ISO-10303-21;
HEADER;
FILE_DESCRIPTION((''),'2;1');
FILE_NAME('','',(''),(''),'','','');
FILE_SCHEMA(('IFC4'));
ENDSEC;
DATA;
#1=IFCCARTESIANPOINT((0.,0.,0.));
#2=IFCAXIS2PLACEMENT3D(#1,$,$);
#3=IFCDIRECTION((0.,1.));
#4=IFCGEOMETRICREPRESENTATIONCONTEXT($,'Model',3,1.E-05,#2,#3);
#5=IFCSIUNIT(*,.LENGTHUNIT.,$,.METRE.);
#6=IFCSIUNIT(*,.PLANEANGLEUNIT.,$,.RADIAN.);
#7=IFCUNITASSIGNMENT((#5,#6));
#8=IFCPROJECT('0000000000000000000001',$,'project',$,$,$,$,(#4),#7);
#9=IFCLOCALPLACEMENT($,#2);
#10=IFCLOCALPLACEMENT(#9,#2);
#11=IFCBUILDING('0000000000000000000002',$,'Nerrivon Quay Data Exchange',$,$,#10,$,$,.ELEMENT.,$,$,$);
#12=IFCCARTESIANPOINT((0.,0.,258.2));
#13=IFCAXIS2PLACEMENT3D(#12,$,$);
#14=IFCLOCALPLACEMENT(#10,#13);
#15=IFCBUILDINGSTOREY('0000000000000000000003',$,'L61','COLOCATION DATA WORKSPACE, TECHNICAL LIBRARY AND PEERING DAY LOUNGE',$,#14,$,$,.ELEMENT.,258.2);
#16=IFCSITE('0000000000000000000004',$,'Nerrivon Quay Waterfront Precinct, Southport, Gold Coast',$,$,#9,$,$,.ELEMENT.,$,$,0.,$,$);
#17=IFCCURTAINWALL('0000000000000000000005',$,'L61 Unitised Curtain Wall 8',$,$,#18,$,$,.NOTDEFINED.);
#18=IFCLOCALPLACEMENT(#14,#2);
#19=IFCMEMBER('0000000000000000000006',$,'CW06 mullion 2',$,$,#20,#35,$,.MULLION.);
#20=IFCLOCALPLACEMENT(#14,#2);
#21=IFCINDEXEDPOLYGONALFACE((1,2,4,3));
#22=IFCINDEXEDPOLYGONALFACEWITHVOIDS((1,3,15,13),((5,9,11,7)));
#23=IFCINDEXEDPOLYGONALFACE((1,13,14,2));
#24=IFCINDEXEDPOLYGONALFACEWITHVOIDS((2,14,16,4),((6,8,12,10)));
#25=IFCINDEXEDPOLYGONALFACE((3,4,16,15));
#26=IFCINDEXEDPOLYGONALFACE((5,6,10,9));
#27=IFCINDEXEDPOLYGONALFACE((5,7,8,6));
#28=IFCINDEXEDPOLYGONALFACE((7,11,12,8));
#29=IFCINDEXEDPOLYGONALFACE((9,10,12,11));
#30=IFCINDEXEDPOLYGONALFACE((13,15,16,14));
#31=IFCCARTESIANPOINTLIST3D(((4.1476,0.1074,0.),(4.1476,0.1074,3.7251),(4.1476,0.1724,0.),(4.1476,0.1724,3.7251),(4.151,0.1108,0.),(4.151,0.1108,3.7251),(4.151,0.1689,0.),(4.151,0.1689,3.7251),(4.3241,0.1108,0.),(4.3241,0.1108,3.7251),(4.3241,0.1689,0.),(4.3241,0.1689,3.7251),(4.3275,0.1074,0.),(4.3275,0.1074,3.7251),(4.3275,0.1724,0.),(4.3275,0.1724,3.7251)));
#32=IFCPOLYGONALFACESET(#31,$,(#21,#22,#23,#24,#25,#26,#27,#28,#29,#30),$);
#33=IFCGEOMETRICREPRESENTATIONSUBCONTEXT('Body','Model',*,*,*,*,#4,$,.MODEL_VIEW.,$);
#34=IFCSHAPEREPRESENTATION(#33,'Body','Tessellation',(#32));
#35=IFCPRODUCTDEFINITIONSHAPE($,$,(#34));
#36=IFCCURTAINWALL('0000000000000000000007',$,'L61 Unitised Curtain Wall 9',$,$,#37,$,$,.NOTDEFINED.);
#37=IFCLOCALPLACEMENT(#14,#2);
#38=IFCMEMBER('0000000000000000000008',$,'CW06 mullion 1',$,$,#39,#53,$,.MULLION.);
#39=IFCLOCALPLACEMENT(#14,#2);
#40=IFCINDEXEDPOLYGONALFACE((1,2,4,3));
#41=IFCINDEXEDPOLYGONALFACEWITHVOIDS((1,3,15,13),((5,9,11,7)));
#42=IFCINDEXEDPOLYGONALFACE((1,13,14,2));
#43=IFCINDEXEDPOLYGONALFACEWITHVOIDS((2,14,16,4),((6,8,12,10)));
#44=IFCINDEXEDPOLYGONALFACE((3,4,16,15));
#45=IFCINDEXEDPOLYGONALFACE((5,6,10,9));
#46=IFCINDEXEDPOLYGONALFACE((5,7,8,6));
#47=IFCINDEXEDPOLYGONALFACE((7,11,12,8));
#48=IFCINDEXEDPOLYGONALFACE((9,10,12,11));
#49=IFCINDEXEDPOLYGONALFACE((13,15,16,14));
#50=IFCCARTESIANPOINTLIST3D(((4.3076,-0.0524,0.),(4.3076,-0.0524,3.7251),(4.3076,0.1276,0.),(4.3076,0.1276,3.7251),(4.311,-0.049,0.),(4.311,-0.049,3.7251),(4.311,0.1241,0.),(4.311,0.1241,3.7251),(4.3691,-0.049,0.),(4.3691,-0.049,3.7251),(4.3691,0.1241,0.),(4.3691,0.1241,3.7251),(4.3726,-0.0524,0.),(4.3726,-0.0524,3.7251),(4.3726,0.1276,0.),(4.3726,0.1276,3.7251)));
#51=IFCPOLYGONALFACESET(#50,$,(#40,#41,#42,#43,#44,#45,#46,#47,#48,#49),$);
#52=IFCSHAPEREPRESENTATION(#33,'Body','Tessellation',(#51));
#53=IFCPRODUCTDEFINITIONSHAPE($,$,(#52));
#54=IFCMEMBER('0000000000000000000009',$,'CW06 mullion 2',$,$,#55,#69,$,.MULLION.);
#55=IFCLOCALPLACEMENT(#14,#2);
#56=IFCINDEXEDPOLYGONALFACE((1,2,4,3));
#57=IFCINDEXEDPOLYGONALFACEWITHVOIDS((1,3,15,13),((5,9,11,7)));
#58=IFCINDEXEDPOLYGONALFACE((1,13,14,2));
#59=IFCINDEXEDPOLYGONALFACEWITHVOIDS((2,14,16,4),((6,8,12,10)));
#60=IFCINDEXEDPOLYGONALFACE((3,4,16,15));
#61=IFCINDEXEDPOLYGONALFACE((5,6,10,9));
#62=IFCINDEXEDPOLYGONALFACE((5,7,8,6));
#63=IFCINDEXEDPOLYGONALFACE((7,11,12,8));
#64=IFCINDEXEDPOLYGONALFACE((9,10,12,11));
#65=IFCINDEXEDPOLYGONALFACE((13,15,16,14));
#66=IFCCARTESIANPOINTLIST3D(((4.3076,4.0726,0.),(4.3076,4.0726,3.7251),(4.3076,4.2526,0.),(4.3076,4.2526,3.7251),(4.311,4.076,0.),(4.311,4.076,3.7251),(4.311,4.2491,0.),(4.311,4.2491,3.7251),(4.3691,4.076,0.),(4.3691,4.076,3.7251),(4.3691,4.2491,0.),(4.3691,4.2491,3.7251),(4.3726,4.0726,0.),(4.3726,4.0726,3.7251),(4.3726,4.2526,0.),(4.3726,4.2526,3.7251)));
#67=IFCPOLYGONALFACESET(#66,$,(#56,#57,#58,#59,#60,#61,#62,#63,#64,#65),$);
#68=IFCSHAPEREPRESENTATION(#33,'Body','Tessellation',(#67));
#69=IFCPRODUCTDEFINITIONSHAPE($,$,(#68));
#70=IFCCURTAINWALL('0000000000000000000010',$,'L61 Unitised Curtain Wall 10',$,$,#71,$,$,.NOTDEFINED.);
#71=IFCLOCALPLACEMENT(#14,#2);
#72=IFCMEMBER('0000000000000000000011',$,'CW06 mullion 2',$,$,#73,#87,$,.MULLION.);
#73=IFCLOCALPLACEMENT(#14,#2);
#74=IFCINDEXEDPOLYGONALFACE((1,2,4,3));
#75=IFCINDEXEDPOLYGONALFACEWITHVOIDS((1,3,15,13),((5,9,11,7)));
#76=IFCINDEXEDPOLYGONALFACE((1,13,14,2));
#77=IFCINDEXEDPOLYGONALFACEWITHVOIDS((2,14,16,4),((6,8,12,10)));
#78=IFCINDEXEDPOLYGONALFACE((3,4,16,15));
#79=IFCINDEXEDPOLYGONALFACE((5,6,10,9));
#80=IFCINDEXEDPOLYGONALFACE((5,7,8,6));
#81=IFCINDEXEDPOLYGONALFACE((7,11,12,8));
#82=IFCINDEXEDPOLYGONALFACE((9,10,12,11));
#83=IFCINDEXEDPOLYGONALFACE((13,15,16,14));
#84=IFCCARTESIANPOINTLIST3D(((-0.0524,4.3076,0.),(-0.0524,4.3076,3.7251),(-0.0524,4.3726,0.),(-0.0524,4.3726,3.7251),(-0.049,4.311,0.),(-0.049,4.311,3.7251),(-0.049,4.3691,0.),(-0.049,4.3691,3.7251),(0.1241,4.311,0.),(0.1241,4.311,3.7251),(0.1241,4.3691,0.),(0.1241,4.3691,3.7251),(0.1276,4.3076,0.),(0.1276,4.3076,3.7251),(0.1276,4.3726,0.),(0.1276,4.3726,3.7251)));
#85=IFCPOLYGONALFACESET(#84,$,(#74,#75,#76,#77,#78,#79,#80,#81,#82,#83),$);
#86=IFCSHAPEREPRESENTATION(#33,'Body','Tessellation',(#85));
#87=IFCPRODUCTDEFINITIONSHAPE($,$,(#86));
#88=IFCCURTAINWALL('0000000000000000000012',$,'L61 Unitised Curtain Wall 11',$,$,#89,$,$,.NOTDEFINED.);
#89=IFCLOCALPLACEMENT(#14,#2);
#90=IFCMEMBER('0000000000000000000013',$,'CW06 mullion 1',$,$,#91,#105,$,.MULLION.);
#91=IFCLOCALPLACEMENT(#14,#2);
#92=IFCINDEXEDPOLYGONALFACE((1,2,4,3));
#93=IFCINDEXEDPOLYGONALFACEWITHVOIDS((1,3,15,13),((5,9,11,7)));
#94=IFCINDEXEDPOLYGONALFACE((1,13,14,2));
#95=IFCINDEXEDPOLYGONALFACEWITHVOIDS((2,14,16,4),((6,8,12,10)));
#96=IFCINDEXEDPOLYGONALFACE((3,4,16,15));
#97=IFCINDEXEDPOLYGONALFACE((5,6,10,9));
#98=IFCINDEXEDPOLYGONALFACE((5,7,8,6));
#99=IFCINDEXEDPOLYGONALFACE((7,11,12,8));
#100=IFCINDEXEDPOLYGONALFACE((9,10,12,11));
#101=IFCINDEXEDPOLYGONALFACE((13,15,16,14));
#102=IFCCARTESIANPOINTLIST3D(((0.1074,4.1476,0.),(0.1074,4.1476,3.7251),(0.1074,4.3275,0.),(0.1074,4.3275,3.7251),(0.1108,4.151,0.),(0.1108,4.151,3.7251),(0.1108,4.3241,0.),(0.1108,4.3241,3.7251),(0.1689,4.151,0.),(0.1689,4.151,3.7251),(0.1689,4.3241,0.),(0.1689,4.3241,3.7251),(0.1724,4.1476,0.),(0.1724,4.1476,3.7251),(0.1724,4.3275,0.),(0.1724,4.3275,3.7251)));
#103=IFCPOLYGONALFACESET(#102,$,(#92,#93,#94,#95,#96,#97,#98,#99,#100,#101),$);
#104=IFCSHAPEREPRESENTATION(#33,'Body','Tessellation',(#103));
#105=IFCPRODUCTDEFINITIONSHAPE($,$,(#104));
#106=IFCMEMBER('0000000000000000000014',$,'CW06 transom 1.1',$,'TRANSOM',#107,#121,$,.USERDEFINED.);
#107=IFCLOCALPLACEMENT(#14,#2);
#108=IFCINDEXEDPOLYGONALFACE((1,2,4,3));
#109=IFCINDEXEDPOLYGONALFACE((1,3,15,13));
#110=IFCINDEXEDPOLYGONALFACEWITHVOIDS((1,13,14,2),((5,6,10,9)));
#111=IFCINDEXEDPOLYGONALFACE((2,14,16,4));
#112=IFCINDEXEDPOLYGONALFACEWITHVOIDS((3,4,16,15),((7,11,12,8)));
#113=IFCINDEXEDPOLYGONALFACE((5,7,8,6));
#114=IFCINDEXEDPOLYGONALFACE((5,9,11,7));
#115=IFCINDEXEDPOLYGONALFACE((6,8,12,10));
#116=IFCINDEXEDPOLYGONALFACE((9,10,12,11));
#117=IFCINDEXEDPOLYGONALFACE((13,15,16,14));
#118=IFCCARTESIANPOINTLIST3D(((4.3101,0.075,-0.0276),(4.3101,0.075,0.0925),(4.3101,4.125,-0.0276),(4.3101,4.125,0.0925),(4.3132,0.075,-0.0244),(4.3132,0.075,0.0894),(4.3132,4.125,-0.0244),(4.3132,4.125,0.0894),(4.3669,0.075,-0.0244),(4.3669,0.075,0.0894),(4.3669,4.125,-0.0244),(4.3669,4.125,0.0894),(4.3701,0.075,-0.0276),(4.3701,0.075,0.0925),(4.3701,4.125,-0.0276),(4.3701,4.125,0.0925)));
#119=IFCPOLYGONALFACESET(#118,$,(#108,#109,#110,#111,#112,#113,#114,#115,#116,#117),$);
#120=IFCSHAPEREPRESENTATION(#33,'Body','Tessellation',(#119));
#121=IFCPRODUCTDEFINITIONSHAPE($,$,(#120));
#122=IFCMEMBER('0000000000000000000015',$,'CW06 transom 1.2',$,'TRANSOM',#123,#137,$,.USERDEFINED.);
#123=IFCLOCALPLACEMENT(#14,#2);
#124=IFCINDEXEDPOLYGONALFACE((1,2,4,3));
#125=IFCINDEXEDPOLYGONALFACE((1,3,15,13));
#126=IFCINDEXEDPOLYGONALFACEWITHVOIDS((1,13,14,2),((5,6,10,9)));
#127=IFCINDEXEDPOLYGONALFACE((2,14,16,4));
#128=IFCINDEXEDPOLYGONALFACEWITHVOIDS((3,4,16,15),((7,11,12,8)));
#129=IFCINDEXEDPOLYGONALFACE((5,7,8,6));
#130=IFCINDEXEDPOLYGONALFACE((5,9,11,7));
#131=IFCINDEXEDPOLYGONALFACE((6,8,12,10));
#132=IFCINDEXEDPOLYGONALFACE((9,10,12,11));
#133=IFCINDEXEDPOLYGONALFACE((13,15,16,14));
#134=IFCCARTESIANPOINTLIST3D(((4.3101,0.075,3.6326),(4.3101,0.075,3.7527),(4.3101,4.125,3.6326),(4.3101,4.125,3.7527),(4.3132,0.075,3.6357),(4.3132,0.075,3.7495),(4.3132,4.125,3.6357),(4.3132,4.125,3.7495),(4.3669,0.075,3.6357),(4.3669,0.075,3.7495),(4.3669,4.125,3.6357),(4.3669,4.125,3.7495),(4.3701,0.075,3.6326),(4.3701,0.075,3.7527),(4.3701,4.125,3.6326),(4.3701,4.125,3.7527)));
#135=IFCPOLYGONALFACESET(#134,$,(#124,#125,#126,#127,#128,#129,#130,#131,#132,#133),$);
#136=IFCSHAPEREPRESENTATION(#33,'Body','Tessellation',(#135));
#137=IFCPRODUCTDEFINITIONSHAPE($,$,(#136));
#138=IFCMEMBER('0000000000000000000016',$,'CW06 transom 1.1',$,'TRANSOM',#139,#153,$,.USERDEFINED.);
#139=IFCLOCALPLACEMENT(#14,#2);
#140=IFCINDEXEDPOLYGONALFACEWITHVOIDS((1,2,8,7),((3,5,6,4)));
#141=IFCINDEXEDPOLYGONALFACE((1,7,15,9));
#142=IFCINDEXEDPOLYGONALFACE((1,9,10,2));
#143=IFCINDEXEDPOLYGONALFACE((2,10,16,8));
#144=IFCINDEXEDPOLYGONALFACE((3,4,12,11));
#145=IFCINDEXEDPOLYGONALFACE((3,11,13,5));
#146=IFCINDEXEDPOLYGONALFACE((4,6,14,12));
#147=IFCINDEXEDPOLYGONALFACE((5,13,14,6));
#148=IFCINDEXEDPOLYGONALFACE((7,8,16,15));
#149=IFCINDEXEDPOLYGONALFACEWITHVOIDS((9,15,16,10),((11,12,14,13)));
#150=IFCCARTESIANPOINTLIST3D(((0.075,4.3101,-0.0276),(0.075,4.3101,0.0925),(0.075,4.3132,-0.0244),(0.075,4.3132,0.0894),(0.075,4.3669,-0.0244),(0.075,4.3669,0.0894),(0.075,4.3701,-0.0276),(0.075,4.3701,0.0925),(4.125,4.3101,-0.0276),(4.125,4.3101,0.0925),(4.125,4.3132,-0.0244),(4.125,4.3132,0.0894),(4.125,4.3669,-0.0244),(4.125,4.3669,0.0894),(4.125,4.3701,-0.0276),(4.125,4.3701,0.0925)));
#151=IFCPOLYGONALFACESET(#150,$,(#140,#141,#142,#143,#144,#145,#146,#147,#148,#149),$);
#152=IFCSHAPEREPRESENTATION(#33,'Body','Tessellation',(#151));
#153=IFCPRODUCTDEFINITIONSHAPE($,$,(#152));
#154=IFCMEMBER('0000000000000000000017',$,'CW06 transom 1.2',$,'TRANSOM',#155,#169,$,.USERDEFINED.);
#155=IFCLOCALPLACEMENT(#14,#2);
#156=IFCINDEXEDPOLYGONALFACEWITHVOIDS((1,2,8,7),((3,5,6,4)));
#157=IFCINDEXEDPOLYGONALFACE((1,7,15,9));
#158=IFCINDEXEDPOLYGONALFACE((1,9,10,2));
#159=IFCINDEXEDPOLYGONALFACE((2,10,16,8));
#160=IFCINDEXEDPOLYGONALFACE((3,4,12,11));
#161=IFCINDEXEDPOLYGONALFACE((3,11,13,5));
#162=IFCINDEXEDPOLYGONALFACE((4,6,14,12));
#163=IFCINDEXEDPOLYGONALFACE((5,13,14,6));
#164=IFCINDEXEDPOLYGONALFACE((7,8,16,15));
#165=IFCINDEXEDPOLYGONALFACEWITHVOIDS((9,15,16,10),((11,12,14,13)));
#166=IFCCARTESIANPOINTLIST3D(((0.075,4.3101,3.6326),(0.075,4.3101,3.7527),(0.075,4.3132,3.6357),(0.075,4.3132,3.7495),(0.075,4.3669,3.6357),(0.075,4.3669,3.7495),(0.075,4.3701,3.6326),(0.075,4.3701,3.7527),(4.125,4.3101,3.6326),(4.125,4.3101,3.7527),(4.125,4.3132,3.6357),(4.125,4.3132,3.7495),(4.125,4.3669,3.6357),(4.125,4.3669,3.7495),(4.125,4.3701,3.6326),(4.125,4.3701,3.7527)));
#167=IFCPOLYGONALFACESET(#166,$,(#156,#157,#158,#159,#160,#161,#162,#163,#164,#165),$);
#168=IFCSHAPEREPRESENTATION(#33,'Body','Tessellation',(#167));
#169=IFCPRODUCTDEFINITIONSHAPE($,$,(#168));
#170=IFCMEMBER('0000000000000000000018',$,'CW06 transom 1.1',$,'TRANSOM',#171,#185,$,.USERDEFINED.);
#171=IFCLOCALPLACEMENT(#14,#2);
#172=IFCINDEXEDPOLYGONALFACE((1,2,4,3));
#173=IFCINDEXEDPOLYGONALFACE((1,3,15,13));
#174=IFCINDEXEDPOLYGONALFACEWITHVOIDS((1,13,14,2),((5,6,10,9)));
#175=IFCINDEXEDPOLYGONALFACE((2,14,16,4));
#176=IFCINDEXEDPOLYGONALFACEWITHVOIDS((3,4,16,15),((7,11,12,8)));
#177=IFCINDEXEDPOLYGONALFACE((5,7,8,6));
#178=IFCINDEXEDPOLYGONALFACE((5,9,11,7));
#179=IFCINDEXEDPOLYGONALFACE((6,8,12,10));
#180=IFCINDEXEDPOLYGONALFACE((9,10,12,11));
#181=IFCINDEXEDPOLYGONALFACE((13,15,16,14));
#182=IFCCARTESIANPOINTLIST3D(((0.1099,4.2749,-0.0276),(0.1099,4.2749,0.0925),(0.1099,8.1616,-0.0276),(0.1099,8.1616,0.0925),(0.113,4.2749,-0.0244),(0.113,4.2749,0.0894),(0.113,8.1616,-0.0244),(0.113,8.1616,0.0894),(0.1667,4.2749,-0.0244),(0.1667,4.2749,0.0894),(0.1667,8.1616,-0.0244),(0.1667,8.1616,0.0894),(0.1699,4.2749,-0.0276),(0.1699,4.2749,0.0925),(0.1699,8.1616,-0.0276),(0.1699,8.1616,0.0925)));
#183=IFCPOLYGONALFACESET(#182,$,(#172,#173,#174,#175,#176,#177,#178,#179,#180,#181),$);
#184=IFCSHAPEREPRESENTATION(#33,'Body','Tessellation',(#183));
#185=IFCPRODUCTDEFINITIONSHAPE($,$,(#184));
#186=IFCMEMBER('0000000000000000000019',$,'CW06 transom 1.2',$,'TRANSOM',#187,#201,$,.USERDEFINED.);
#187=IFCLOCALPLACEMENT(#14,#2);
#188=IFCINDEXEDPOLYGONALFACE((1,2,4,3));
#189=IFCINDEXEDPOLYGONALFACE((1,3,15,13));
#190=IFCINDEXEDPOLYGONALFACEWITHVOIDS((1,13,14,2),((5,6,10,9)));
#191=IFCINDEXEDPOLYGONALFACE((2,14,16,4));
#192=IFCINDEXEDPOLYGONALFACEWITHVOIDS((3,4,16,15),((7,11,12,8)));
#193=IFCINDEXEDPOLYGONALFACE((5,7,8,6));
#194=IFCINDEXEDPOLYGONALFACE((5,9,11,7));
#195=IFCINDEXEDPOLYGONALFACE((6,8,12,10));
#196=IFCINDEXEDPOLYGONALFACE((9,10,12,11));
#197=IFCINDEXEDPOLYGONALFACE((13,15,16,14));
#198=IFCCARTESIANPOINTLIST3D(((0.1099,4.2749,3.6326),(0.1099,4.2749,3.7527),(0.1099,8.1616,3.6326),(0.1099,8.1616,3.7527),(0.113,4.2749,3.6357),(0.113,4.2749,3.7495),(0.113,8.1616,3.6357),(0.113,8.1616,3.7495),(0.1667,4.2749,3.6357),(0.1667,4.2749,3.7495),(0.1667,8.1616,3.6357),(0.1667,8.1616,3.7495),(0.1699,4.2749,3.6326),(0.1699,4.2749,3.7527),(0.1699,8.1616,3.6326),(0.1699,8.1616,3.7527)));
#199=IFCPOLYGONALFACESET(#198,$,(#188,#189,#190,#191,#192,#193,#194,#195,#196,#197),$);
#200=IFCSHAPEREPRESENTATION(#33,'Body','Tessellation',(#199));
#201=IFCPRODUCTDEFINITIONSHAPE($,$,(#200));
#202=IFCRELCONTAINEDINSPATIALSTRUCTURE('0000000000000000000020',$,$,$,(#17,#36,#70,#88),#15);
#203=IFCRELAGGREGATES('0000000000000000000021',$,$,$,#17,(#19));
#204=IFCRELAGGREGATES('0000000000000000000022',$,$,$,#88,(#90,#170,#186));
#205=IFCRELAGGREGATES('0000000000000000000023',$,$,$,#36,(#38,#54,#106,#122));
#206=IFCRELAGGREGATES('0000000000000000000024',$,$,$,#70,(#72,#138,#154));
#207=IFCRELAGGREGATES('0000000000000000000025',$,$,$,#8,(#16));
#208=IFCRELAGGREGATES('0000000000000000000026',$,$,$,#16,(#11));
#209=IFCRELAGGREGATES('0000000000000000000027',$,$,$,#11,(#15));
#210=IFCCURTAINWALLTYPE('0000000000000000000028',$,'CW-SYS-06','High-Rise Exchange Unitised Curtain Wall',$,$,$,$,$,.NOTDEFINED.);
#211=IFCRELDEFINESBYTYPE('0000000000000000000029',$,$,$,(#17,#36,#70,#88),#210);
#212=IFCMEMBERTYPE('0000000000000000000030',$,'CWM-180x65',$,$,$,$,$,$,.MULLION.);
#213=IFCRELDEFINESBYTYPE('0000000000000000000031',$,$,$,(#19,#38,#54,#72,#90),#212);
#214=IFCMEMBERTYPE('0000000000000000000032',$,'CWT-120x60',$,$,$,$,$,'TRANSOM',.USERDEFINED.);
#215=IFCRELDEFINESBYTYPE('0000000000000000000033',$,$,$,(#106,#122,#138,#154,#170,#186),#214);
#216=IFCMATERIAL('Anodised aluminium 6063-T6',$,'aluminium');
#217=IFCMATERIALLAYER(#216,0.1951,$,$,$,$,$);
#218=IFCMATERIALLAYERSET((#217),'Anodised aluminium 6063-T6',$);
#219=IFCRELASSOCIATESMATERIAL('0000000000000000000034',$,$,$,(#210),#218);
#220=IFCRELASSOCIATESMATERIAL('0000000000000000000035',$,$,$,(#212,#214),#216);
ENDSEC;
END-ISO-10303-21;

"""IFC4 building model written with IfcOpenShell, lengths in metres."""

from ifc_helpers import new_model, si_unit, direction, frame, origin, origin_2d, place, context, subcontext, project, spatial, hollow_rectangle, extrude, material, layer, layer_set, material_profile, profile_set, type_object, element, aggregate, save


model = new_model("IFC4")

# Units and contexts
model_context = context("Model", 3, precision=1e-05, world=origin(), true_north=direction((0.0, 1.0)))
body_context = subcontext(model_context, "Body", "Model", "MODEL_VIEW")
ifc_project = project(units=[si_unit("LENGTHUNIT", "METRE"), si_unit("PLANEANGLEUNIT", "RADIAN")], contexts=[model_context])

# Site, building, storey
site_placement = place(None, origin())
site = spatial("IfcSite", under=ifc_project, at=site_placement, Name="Nerrivon Quay Waterfront Precinct, Southport, Gold Coast", CompositionType="ELEMENT", RefElevation=0.0)
building_placement = place(site_placement, origin())
building = spatial("IfcBuilding", under=site, at=building_placement, Name="Nerrivon Quay Data Exchange", CompositionType="ELEMENT")
storey_placement = place(building_placement, frame((0.0, 0.0, 258.2)))
storey = spatial("IfcBuildingStorey", under=building, at=storey_placement, Name="L61", Description="COLOCATION DATA WORKSPACE, TECHNICAL LIBRARY AND PEERING DAY LOUNGE", CompositionType="ELEMENT", Elevation=258.2)

# Curtain wall, member
ifc_material_1 = material(Name="Anodised aluminium 6063-T6", Category="aluminium")
ifc_layer_1 = layer(ifc_material_1, 0.1951)
ifc_layer_set_1 = layer_set([ifc_layer_1], Name="Anodised aluminium 6063-T6")
curtain_wall_type = type_object("IfcCurtainWallType", Name="CW-SYS-06", Description="High-Rise Exchange Unitised Curtain Wall", PredefinedType="NOTDEFINED", material=ifc_layer_set_1)
curtain_wall_1_placement = place(storey_placement, origin())
curtain_wall_1 = element("IfcCurtainWall", 1, at=curtain_wall_1_placement, inside=storey, type_object=curtain_wall_type, Name="L61 Unitised Curtain Wall 8", PredefinedType="NOTDEFINED")
ifc_material_profile_1 = material_profile(ifc_material_1, hollow_rectangle(XDim=0.0649, YDim=0.1799, WallThickness=0.0034, at=origin_2d()), Name="ALU-MULL-180x65")
ifc_profile_set_1 = profile_set([ifc_material_profile_1], Name="Anodised aluminium 6063-T6")
member_type_1 = type_object("IfcMemberType", Name="CWM-180x65", PredefinedType="MULLION", material=ifc_profile_set_1)
member_1_placement = place(storey_placement, frame((4.2375, 0.1399, 0.0), z_axis=(0.0, 0.0, 1.0), x_axis=(0.0, -1.0, 0.0)))
member_1 = element("IfcMember", 2, at=member_1_placement, type_object=member_type_1, Name="CW06 mullion 2", PredefinedType="MULLION", context=body_context, shape_type="SweptSolid", body=[
    extrude(hollow_rectangle(XDim=0.0649, YDim=0.1799, WallThickness=0.0034, at=origin_2d()), origin(), (0.0, 0.0, 1.0), 3.7251),
])
aggregate(curtain_wall_1, [member_1])

# Curtain wall, members
curtain_wall_2_placement = place(storey_placement, origin())
curtain_wall_2 = element("IfcCurtainWall", 3, at=curtain_wall_2_placement, inside=storey, type_object=curtain_wall_type, Name="L61 Unitised Curtain Wall 9", PredefinedType="NOTDEFINED")
member_2_placement = place(storey_placement, frame((4.3401, 0.0376, 0.0), z_axis=(0.0, 0.0, 1.0), x_axis=(-1.0, 0.0, 0.0)))
member_2 = element("IfcMember", 4, at=member_2_placement, type_object=member_type_1, Name="CW06 mullion 1", PredefinedType="MULLION", context=body_context, shape_type="SweptSolid", body=[
    extrude(hollow_rectangle(XDim=0.0649, YDim=0.1799, WallThickness=0.0034, at=origin_2d()), origin(), (0.0, 0.0, 1.0), 3.7251),
])
member_3_placement = place(storey_placement, frame((4.3401, 4.1626, 0.0), z_axis=(0.0, 0.0, 1.0), x_axis=(-1.0, 0.0, 0.0)))
member_3 = element("IfcMember", 5, at=member_3_placement, type_object=member_type_1, Name="CW06 mullion 2", PredefinedType="MULLION", context=body_context, shape_type="SweptSolid", body=[
    extrude(hollow_rectangle(XDim=0.0649, YDim=0.1799, WallThickness=0.0034, at=origin_2d()), origin(), (0.0, 0.0, 1.0), 3.7251),
])

# Curtain walls, members
curtain_wall_3_placement = place(storey_placement, origin())
curtain_wall_3 = element("IfcCurtainWall", 6, at=curtain_wall_3_placement, inside=storey, type_object=curtain_wall_type, Name="L61 Unitised Curtain Wall 10", PredefinedType="NOTDEFINED")
member_4_placement = place(storey_placement, frame((0.0376, 4.3401, 0.0), z_axis=(0.0, 0.0, 1.0), x_axis=(0.0, -1.0, 0.0)))
member_4 = element("IfcMember", 7, at=member_4_placement, type_object=member_type_1, Name="CW06 mullion 2", PredefinedType="MULLION", context=body_context, shape_type="SweptSolid", body=[
    extrude(hollow_rectangle(XDim=0.0649, YDim=0.1799, WallThickness=0.0034, at=origin_2d()), origin(), (0.0, 0.0, 1.0), 3.7251),
])
curtain_wall_4_placement = place(storey_placement, origin())
curtain_wall_4 = element("IfcCurtainWall", 8, at=curtain_wall_4_placement, inside=storey, type_object=curtain_wall_type, Name="L61 Unitised Curtain Wall 11", PredefinedType="NOTDEFINED")
member_5_placement = place(storey_placement, frame((0.1399, 4.2375, 0.0), z_axis=(0.0, 0.0, 1.0), x_axis=(-1.0, 0.0, 0.0)))
member_5 = element("IfcMember", 9, at=member_5_placement, type_object=member_type_1, Name="CW06 mullion 1", PredefinedType="MULLION", context=body_context, shape_type="SweptSolid", body=[
    extrude(hollow_rectangle(XDim=0.0649, YDim=0.1799, WallThickness=0.0034, at=origin_2d()), origin(), (0.0, 0.0, 1.0), 3.7251),
])

# Members
ifc_material_profile_2 = material_profile(ifc_material_1, hollow_rectangle(XDim=0.0601, YDim=0.1201, WallThickness=0.0032, at=origin_2d()), Name="ALU-TRAN-120x60")
ifc_profile_set_2 = profile_set([ifc_material_profile_2], Name="Anodised aluminium 6063-T6")
member_type_2 = type_object("IfcMemberType", Name="CWT-120x60", ElementType="TRANSOM", PredefinedType="USERDEFINED", material=ifc_profile_set_2)
member_6_placement = place(storey_placement, frame((4.3401, 0.075, 0.0325), z_axis=(0.0, 1.0, 0.0), x_axis=(-1.0, 0.0, 0.0)))
member_6 = element("IfcMember", 10, at=member_6_placement, type_object=member_type_2, Name="CW06 transom 1.1", ObjectType="TRANSOM", PredefinedType="USERDEFINED", context=body_context, shape_type="SweptSolid", body=[
    extrude(hollow_rectangle(XDim=0.0601, YDim=0.1201, WallThickness=0.0032, at=origin_2d()), origin(), (0.0, 0.0, 1.0), 4.05),
])
member_7_placement = place(storey_placement, frame((4.3401, 0.075, 3.6926), z_axis=(0.0, 1.0, 0.0), x_axis=(-1.0, 0.0, 0.0)))
member_7 = element("IfcMember", 11, at=member_7_placement, type_object=member_type_2, Name="CW06 transom 1.2", ObjectType="TRANSOM", PredefinedType="USERDEFINED", context=body_context, shape_type="SweptSolid", body=[
    extrude(hollow_rectangle(XDim=0.0601, YDim=0.1201, WallThickness=0.0032, at=origin_2d()), origin(), (0.0, 0.0, 1.0), 4.05),
])
member_8_placement = place(storey_placement, frame((4.125, 4.3401, 0.0325), z_axis=(-1.0, 0.0, 0.0), x_axis=(0.0, -1.0, 0.0)))
member_8 = element("IfcMember", 12, at=member_8_placement, type_object=member_type_2, Name="CW06 transom 1.1", ObjectType="TRANSOM", PredefinedType="USERDEFINED", context=body_context, shape_type="SweptSolid", body=[
    extrude(hollow_rectangle(XDim=0.0601, YDim=0.1201, WallThickness=0.0032, at=origin_2d()), origin(), (0.0, 0.0, 1.0), 4.05),
])
member_9_placement = place(storey_placement, frame((4.125, 4.3401, 3.6926), z_axis=(-1.0, 0.0, 0.0), x_axis=(0.0, -1.0, 0.0)))
member_9 = element("IfcMember", 13, at=member_9_placement, type_object=member_type_2, Name="CW06 transom 1.2", ObjectType="TRANSOM", PredefinedType="USERDEFINED", context=body_context, shape_type="SweptSolid", body=[
    extrude(hollow_rectangle(XDim=0.0601, YDim=0.1201, WallThickness=0.0032, at=origin_2d()), origin(), (0.0, 0.0, 1.0), 4.05),
])
member_10_placement = place(storey_placement, frame((0.1399, 4.2749, 0.0325), z_axis=(0.0, 1.0, 0.0), x_axis=(-1.0, 0.0, 0.0)))
member_10 = element("IfcMember", 14, at=member_10_placement, type_object=member_type_2, Name="CW06 transom 1.1", ObjectType="TRANSOM", PredefinedType="USERDEFINED", context=body_context, shape_type="SweptSolid", body=[
    extrude(hollow_rectangle(XDim=0.0601, YDim=0.1201, WallThickness=0.0032, at=origin_2d()), origin(), (0.0, 0.0, 1.0), 3.8867),
])
member_11_placement = place(storey_placement, frame((0.1399, 4.2749, 3.6926), z_axis=(0.0, 1.0, 0.0), x_axis=(-1.0, 0.0, 0.0)))
member_11 = element("IfcMember", 15, at=member_11_placement, type_object=member_type_2, Name="CW06 transom 1.2", ObjectType="TRANSOM", PredefinedType="USERDEFINED", context=body_context, shape_type="SweptSolid", body=[
    extrude(hollow_rectangle(XDim=0.0601, YDim=0.1201, WallThickness=0.0032, at=origin_2d()), origin(), (0.0, 0.0, 1.0), 3.8867),
])
aggregate(curtain_wall_4, [member_5, member_10, member_11])

aggregate(curtain_wall_2, [member_2, member_3, member_6, member_7])
aggregate(curtain_wall_3, [member_4, member_8, member_9])

save(model, "model.ifc")
